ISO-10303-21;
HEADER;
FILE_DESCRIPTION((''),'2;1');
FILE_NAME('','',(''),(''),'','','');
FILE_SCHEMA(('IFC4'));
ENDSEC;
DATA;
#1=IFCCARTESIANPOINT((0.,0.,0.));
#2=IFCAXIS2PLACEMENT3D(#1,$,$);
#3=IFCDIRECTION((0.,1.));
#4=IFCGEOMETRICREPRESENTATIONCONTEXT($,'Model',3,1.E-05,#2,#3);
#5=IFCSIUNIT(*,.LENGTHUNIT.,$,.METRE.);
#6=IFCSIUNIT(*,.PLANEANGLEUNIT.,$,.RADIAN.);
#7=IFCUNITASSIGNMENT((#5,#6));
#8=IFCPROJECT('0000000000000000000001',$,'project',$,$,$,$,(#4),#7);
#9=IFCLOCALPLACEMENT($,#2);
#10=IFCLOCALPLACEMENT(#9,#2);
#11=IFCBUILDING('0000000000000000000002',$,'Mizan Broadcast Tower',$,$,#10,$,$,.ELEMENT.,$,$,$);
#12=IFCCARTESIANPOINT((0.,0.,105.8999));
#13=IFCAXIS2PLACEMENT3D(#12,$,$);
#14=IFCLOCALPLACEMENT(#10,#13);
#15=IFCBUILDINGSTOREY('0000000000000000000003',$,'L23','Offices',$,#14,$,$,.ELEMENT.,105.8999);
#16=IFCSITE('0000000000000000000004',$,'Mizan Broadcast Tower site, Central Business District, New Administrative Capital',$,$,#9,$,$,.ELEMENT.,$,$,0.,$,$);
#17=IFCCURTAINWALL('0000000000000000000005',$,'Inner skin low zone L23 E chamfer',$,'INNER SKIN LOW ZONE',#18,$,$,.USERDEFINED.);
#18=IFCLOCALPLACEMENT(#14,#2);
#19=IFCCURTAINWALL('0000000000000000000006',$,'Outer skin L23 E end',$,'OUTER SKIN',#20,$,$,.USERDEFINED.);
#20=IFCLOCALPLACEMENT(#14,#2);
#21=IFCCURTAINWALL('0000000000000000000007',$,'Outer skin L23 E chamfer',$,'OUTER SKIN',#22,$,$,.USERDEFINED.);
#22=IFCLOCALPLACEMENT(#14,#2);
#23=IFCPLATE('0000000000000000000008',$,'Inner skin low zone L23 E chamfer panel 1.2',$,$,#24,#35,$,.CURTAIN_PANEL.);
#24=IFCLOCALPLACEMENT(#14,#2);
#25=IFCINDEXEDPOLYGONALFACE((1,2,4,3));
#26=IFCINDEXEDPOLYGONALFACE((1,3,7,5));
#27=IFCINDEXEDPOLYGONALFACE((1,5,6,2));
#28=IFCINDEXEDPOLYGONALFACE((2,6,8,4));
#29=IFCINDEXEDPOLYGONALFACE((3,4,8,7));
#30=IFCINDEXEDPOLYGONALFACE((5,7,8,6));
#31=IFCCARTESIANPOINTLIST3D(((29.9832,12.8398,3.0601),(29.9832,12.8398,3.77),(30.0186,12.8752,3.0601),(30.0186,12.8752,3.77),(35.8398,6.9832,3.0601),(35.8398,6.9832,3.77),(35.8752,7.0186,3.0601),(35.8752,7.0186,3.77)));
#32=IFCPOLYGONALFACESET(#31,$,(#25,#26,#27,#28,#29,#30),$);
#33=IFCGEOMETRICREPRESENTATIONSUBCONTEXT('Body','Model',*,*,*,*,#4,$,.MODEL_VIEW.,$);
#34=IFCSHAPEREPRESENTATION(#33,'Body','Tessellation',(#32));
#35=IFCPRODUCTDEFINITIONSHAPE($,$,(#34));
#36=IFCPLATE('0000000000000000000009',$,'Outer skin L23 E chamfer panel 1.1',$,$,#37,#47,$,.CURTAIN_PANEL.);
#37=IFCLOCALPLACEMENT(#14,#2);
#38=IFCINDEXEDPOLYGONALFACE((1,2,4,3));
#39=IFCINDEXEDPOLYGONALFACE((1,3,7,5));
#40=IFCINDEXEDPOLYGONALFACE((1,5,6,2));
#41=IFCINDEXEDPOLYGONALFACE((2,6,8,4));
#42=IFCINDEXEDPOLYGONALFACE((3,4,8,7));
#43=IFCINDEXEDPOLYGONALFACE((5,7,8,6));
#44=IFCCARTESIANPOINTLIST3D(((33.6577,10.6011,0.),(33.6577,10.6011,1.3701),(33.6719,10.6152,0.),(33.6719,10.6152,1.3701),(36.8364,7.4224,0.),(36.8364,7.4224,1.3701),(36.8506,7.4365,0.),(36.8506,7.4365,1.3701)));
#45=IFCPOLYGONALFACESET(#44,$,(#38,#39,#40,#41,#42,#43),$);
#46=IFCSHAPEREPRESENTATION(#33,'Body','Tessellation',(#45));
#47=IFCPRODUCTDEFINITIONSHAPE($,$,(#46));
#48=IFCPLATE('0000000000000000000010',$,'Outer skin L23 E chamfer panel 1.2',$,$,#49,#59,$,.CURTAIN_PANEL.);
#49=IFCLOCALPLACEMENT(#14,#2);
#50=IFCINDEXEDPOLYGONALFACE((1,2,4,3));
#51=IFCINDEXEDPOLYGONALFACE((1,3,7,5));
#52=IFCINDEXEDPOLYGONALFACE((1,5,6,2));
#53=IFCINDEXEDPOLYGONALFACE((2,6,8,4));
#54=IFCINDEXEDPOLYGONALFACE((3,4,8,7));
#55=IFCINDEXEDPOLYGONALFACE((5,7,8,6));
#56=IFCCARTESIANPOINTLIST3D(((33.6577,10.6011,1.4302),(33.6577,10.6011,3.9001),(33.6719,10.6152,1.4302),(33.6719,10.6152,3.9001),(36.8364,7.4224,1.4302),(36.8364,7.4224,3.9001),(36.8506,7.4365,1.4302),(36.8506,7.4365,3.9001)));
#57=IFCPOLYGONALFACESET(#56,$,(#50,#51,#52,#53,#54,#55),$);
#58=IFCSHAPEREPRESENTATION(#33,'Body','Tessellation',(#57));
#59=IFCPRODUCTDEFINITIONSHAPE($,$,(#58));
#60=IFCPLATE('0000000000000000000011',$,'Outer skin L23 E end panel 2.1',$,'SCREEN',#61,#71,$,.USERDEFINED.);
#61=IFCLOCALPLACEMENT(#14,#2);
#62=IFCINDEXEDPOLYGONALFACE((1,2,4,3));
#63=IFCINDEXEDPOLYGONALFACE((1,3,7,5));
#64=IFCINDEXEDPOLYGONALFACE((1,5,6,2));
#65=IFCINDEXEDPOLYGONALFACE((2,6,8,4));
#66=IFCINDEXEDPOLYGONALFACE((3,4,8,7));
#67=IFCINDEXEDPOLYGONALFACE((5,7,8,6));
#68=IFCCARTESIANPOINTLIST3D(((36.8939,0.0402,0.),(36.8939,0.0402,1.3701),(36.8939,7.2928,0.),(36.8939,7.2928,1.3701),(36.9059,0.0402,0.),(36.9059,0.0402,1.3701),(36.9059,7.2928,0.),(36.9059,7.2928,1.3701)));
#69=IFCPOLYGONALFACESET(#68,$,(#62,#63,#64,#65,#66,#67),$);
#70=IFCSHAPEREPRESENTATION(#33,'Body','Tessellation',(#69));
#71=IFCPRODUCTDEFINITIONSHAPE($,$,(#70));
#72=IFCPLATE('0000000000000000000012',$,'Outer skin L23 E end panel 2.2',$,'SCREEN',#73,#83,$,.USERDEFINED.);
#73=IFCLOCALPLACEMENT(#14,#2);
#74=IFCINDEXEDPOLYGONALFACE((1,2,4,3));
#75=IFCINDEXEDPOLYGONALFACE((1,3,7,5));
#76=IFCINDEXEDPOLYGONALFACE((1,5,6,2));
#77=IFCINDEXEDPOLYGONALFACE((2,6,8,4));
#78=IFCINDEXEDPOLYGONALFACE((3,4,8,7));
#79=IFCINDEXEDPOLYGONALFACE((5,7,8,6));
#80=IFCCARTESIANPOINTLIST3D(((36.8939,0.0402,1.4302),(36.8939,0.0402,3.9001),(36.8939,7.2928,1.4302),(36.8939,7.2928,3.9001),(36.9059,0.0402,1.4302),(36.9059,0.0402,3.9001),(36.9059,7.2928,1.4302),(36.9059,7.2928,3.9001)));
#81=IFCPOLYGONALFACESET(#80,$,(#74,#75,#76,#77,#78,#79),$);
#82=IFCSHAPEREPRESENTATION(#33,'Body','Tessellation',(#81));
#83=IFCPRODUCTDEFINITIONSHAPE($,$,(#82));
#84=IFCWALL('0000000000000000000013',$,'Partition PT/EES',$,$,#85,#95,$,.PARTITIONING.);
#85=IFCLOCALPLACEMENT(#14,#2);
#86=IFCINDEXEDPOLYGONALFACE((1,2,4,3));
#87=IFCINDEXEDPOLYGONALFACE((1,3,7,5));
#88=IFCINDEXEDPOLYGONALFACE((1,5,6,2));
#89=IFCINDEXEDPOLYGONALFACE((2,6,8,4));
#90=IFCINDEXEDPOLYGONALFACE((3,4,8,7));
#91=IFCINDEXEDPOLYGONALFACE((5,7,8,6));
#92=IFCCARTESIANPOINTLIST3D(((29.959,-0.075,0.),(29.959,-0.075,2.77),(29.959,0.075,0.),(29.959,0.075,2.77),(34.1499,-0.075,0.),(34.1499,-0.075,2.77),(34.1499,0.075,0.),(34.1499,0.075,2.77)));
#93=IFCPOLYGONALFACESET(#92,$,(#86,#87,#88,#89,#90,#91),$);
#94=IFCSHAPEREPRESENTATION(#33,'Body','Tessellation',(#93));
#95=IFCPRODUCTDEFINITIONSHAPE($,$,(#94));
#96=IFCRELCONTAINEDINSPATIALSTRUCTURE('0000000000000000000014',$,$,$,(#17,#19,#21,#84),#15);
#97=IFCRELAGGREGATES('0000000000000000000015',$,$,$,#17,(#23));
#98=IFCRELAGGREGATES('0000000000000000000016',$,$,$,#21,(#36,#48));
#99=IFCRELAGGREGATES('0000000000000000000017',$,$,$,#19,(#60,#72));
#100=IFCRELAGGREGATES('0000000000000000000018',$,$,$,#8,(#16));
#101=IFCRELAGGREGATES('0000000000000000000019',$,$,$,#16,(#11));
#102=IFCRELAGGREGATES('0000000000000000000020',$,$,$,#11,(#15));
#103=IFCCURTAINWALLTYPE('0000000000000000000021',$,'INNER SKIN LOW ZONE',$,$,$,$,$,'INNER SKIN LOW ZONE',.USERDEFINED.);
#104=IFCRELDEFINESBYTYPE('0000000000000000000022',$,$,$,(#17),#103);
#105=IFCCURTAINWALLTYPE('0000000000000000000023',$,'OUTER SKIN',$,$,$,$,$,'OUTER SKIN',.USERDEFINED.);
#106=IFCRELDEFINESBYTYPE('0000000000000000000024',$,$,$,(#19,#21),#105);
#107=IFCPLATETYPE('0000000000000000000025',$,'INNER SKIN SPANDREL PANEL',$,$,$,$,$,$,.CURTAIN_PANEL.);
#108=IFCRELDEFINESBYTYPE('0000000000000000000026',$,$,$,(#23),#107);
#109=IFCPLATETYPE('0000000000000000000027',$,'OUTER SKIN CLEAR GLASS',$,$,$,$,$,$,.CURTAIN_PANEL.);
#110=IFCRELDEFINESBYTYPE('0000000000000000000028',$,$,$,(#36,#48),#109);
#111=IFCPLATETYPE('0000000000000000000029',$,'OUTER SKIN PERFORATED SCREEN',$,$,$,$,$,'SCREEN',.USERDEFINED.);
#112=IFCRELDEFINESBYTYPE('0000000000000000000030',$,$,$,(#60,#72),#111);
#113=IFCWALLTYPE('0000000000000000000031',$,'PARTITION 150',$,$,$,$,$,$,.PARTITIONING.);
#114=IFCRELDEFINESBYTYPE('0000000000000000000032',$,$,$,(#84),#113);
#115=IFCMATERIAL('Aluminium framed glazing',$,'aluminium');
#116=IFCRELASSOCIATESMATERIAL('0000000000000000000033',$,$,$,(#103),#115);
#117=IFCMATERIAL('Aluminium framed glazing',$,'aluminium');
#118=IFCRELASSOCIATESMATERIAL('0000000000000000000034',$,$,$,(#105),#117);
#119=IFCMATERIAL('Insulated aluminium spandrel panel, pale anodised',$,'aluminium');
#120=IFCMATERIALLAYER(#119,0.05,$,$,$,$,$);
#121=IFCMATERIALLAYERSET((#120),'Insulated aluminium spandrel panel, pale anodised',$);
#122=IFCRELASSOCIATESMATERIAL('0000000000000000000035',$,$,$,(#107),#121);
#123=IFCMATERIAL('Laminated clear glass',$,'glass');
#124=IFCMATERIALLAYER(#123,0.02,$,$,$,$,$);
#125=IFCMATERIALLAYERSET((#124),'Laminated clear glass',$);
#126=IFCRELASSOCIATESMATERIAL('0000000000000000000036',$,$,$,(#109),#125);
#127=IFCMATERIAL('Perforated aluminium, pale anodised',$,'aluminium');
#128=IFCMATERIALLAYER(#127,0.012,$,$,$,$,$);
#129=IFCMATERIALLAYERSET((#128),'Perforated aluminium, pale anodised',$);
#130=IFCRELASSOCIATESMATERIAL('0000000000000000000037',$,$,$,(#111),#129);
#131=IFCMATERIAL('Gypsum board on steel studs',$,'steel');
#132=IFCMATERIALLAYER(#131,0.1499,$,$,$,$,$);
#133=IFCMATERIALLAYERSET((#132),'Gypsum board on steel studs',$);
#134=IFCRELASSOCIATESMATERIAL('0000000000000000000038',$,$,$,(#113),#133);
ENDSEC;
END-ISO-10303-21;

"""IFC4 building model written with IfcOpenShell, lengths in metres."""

from ifc_helpers import new_model, si_unit, direction, frame, frame_2d, origin, origin_2d, place, context, subcontext, project, spatial, rectangle, extrude, material, layer, layer_set, type_object, element, aggregate, save


model = new_model("IFC4")

# Units and contexts
model_context = context("Model", 3, precision=1e-05, world=origin(), true_north=direction((0.0, 1.0)))
body_context = subcontext(model_context, "Body", "Model", "MODEL_VIEW")
ifc_project = project(units=[si_unit("LENGTHUNIT", "METRE"), si_unit("PLANEANGLEUNIT", "RADIAN")], contexts=[model_context])

# Site, building, storey
site_placement = place(None, origin())
site = spatial("IfcSite", under=ifc_project, at=site_placement, Name="Mizan Broadcast Tower site, Central Business District, New Administrative Capital", CompositionType="ELEMENT", RefElevation=0.0)
building_placement = place(site_placement, origin())
building = spatial("IfcBuilding", under=site, at=building_placement, Name="Mizan Broadcast Tower", CompositionType="ELEMENT")
storey_placement = place(building_placement, frame((0.0, 0.0, 105.8999)))
storey = spatial("IfcBuildingStorey", under=building, at=storey_placement, Name="L23", Description="Offices", CompositionType="ELEMENT", Elevation=105.8999)

# Shared definitions
ifc_material_1 = material(Name="Aluminium framed glazing", Category="aluminium")
curtain_wall_type_1 = type_object("IfcCurtainWallType", Name="INNER SKIN LOW ZONE", ElementType="INNER SKIN LOW ZONE", PredefinedType="USERDEFINED", material=ifc_material_1)

# Curtain wall
curtain_wall_1_placement = place(storey_placement, origin())
curtain_wall_1 = element("IfcCurtainWall", 1, at=curtain_wall_1_placement, inside=storey, type_object=curtain_wall_type_1, Name="Inner skin low zone L23 E chamfer", ObjectType="INNER SKIN LOW ZONE", PredefinedType="USERDEFINED")

# Curtain wall
ifc_material_2 = material(Name="Aluminium framed glazing", Category="aluminium")
curtain_wall_type_2 = type_object("IfcCurtainWallType", Name="OUTER SKIN", ElementType="OUTER SKIN", PredefinedType="USERDEFINED", material=ifc_material_2)
curtain_wall_2_placement = place(storey_placement, origin())
curtain_wall_2 = element("IfcCurtainWall", 2, at=curtain_wall_2_placement, inside=storey, type_object=curtain_wall_type_2, Name="Outer skin L23 E end", ObjectType="OUTER SKIN", PredefinedType="USERDEFINED")

# Curtain wall
curtain_wall_3_placement = place(storey_placement, origin())
curtain_wall_3 = element("IfcCurtainWall", 3, at=curtain_wall_3_placement, inside=storey, type_object=curtain_wall_type_2, Name="Outer skin L23 E chamfer", ObjectType="OUTER SKIN", PredefinedType="USERDEFINED")

# Plates
ifc_material_3 = material(Name="Insulated aluminium spandrel panel, pale anodised", Category="aluminium")
ifc_layer_1 = layer(ifc_material_3, 0.05)
ifc_layer_set_1 = layer_set([ifc_layer_1], Name="Insulated aluminium spandrel panel, pale anodised")
plate_type_1 = type_object("IfcPlateType", Name="INNER SKIN SPANDREL PANEL", PredefinedType="CURTAIN_PANEL", material=ifc_layer_set_1)
plate_1_placement = place(storey_placement, frame((32.9292, 9.9292, 3.0601), z_axis=(0.0, 0.0, 1.0), x_axis=(-0.707107, 0.707107, 0.0)))
plate_1 = element("IfcPlate", 4, at=plate_1_placement, type_object=plate_type_1, Name="Inner skin low zone L23 E chamfer panel 1.2", PredefinedType="CURTAIN_PANEL", context=body_context, shape_type="SweptSolid", body=[
    extrude(rectangle(XDim=8.2825, YDim=0.05, at=origin_2d()), origin(), (0.0, 0.0, 1.0), 0.71),
])
aggregate(curtain_wall_1, [plate_1])
ifc_material_4 = material(Name="Laminated clear glass", Category="glass")
ifc_layer_2 = layer(ifc_material_4, 0.02)
ifc_layer_set_2 = layer_set([ifc_layer_2], Name="Laminated clear glass")
plate_type_2 = type_object("IfcPlateType", Name="OUTER SKIN CLEAR GLASS", PredefinedType="CURTAIN_PANEL", material=ifc_layer_set_2)
plate_2_placement = place(storey_placement, frame((35.2542, 9.0188, 0.0), z_axis=(0.0, 0.0, 1.0), x_axis=(-0.707107, 0.707107, 0.0)))
plate_2 = element("IfcPlate", 5, at=plate_2_placement, type_object=plate_type_2, Name="Outer skin L23 E chamfer panel 1.1", PredefinedType="CURTAIN_PANEL", context=body_context, shape_type="SweptSolid", body=[
    extrude(rectangle(XDim=4.4954, YDim=0.02, at=origin_2d()), origin(), (0.0, 0.0, 1.0), 1.3701),
])
plate_3_placement = place(storey_placement, frame((35.2542, 9.0188, 1.4302), z_axis=(0.0, 0.0, 1.0), x_axis=(-0.707107, 0.707107, 0.0)))
plate_3 = element("IfcPlate", 6, at=plate_3_placement, type_object=plate_type_2, Name="Outer skin L23 E chamfer panel 1.2", PredefinedType="CURTAIN_PANEL", context=body_context, shape_type="SweptSolid", body=[
    extrude(rectangle(XDim=4.4954, YDim=0.02, at=origin_2d()), origin(), (0.0, 0.0, 1.0), 2.47),
])
aggregate(curtain_wall_3, [plate_2, plate_3])
ifc_material_5 = material(Name="Perforated aluminium, pale anodised", Category="aluminium")
ifc_layer_3 = layer(ifc_material_5, 0.012)
ifc_layer_set_3 = layer_set([ifc_layer_3], Name="Perforated aluminium, pale anodised")
plate_type_3 = type_object("IfcPlateType", Name="OUTER SKIN PERFORATED SCREEN", ElementType="SCREEN", PredefinedType="USERDEFINED", material=ifc_layer_set_3)
plate_4_placement = place(storey_placement, frame((36.8999, 3.6665, 0.0), z_axis=(0.0, 0.0, 1.0), x_axis=(0.0, 1.0, 0.0)))
plate_4 = element("IfcPlate", 7, at=plate_4_placement, type_object=plate_type_3, Name="Outer skin L23 E end panel 2.1", ObjectType="SCREEN", PredefinedType="USERDEFINED", context=body_context, shape_type="SweptSolid", body=[
    extrude(rectangle(XDim=7.2527, YDim=0.012, at=origin_2d()), origin(), (0.0, 0.0, 1.0), 1.3701),
])
plate_5_placement = place(storey_placement, frame((36.8999, 3.6665, 1.4302), z_axis=(0.0, 0.0, 1.0), x_axis=(0.0, 1.0, 0.0)))
plate_5 = element("IfcPlate", 8, at=plate_5_placement, type_object=plate_type_3, Name="Outer skin L23 E end panel 2.2", ObjectType="SCREEN", PredefinedType="USERDEFINED", context=body_context, shape_type="SweptSolid", body=[
    extrude(rectangle(XDim=7.2527, YDim=0.012, at=origin_2d()), origin(), (0.0, 0.0, 1.0), 2.47),
])
aggregate(curtain_wall_2, [plate_4, plate_5])

# Wall
ifc_material_6 = material(Name="Gypsum board on steel studs", Category="steel")
ifc_layer_4 = layer(ifc_material_6, 0.1499)
ifc_layer_set_4 = layer_set([ifc_layer_4], Name="Gypsum board on steel studs")
wall_type = type_object("IfcWallType", Name="PARTITION 150", PredefinedType="PARTITIONING", material=ifc_layer_set_4)
wall_placement = place(storey_placement, frame((29.959, 0.0, 0.0), z_axis=(0.0, 0.0, 1.0), x_axis=(1.0, 0.0, 0.0)))
element("IfcWall", 9, at=wall_placement, inside=storey, type_object=wall_type, Name="Partition PT/EES", PredefinedType="PARTITIONING", context=body_context, shape_type="SweptSolid", body=[
    extrude(rectangle(XDim=4.1909, YDim=0.1499, at=frame_2d((2.0955, 0.0))), origin(), (0.0, 0.0, 1.0), 2.77),
])

save(model, "model.ifc")
